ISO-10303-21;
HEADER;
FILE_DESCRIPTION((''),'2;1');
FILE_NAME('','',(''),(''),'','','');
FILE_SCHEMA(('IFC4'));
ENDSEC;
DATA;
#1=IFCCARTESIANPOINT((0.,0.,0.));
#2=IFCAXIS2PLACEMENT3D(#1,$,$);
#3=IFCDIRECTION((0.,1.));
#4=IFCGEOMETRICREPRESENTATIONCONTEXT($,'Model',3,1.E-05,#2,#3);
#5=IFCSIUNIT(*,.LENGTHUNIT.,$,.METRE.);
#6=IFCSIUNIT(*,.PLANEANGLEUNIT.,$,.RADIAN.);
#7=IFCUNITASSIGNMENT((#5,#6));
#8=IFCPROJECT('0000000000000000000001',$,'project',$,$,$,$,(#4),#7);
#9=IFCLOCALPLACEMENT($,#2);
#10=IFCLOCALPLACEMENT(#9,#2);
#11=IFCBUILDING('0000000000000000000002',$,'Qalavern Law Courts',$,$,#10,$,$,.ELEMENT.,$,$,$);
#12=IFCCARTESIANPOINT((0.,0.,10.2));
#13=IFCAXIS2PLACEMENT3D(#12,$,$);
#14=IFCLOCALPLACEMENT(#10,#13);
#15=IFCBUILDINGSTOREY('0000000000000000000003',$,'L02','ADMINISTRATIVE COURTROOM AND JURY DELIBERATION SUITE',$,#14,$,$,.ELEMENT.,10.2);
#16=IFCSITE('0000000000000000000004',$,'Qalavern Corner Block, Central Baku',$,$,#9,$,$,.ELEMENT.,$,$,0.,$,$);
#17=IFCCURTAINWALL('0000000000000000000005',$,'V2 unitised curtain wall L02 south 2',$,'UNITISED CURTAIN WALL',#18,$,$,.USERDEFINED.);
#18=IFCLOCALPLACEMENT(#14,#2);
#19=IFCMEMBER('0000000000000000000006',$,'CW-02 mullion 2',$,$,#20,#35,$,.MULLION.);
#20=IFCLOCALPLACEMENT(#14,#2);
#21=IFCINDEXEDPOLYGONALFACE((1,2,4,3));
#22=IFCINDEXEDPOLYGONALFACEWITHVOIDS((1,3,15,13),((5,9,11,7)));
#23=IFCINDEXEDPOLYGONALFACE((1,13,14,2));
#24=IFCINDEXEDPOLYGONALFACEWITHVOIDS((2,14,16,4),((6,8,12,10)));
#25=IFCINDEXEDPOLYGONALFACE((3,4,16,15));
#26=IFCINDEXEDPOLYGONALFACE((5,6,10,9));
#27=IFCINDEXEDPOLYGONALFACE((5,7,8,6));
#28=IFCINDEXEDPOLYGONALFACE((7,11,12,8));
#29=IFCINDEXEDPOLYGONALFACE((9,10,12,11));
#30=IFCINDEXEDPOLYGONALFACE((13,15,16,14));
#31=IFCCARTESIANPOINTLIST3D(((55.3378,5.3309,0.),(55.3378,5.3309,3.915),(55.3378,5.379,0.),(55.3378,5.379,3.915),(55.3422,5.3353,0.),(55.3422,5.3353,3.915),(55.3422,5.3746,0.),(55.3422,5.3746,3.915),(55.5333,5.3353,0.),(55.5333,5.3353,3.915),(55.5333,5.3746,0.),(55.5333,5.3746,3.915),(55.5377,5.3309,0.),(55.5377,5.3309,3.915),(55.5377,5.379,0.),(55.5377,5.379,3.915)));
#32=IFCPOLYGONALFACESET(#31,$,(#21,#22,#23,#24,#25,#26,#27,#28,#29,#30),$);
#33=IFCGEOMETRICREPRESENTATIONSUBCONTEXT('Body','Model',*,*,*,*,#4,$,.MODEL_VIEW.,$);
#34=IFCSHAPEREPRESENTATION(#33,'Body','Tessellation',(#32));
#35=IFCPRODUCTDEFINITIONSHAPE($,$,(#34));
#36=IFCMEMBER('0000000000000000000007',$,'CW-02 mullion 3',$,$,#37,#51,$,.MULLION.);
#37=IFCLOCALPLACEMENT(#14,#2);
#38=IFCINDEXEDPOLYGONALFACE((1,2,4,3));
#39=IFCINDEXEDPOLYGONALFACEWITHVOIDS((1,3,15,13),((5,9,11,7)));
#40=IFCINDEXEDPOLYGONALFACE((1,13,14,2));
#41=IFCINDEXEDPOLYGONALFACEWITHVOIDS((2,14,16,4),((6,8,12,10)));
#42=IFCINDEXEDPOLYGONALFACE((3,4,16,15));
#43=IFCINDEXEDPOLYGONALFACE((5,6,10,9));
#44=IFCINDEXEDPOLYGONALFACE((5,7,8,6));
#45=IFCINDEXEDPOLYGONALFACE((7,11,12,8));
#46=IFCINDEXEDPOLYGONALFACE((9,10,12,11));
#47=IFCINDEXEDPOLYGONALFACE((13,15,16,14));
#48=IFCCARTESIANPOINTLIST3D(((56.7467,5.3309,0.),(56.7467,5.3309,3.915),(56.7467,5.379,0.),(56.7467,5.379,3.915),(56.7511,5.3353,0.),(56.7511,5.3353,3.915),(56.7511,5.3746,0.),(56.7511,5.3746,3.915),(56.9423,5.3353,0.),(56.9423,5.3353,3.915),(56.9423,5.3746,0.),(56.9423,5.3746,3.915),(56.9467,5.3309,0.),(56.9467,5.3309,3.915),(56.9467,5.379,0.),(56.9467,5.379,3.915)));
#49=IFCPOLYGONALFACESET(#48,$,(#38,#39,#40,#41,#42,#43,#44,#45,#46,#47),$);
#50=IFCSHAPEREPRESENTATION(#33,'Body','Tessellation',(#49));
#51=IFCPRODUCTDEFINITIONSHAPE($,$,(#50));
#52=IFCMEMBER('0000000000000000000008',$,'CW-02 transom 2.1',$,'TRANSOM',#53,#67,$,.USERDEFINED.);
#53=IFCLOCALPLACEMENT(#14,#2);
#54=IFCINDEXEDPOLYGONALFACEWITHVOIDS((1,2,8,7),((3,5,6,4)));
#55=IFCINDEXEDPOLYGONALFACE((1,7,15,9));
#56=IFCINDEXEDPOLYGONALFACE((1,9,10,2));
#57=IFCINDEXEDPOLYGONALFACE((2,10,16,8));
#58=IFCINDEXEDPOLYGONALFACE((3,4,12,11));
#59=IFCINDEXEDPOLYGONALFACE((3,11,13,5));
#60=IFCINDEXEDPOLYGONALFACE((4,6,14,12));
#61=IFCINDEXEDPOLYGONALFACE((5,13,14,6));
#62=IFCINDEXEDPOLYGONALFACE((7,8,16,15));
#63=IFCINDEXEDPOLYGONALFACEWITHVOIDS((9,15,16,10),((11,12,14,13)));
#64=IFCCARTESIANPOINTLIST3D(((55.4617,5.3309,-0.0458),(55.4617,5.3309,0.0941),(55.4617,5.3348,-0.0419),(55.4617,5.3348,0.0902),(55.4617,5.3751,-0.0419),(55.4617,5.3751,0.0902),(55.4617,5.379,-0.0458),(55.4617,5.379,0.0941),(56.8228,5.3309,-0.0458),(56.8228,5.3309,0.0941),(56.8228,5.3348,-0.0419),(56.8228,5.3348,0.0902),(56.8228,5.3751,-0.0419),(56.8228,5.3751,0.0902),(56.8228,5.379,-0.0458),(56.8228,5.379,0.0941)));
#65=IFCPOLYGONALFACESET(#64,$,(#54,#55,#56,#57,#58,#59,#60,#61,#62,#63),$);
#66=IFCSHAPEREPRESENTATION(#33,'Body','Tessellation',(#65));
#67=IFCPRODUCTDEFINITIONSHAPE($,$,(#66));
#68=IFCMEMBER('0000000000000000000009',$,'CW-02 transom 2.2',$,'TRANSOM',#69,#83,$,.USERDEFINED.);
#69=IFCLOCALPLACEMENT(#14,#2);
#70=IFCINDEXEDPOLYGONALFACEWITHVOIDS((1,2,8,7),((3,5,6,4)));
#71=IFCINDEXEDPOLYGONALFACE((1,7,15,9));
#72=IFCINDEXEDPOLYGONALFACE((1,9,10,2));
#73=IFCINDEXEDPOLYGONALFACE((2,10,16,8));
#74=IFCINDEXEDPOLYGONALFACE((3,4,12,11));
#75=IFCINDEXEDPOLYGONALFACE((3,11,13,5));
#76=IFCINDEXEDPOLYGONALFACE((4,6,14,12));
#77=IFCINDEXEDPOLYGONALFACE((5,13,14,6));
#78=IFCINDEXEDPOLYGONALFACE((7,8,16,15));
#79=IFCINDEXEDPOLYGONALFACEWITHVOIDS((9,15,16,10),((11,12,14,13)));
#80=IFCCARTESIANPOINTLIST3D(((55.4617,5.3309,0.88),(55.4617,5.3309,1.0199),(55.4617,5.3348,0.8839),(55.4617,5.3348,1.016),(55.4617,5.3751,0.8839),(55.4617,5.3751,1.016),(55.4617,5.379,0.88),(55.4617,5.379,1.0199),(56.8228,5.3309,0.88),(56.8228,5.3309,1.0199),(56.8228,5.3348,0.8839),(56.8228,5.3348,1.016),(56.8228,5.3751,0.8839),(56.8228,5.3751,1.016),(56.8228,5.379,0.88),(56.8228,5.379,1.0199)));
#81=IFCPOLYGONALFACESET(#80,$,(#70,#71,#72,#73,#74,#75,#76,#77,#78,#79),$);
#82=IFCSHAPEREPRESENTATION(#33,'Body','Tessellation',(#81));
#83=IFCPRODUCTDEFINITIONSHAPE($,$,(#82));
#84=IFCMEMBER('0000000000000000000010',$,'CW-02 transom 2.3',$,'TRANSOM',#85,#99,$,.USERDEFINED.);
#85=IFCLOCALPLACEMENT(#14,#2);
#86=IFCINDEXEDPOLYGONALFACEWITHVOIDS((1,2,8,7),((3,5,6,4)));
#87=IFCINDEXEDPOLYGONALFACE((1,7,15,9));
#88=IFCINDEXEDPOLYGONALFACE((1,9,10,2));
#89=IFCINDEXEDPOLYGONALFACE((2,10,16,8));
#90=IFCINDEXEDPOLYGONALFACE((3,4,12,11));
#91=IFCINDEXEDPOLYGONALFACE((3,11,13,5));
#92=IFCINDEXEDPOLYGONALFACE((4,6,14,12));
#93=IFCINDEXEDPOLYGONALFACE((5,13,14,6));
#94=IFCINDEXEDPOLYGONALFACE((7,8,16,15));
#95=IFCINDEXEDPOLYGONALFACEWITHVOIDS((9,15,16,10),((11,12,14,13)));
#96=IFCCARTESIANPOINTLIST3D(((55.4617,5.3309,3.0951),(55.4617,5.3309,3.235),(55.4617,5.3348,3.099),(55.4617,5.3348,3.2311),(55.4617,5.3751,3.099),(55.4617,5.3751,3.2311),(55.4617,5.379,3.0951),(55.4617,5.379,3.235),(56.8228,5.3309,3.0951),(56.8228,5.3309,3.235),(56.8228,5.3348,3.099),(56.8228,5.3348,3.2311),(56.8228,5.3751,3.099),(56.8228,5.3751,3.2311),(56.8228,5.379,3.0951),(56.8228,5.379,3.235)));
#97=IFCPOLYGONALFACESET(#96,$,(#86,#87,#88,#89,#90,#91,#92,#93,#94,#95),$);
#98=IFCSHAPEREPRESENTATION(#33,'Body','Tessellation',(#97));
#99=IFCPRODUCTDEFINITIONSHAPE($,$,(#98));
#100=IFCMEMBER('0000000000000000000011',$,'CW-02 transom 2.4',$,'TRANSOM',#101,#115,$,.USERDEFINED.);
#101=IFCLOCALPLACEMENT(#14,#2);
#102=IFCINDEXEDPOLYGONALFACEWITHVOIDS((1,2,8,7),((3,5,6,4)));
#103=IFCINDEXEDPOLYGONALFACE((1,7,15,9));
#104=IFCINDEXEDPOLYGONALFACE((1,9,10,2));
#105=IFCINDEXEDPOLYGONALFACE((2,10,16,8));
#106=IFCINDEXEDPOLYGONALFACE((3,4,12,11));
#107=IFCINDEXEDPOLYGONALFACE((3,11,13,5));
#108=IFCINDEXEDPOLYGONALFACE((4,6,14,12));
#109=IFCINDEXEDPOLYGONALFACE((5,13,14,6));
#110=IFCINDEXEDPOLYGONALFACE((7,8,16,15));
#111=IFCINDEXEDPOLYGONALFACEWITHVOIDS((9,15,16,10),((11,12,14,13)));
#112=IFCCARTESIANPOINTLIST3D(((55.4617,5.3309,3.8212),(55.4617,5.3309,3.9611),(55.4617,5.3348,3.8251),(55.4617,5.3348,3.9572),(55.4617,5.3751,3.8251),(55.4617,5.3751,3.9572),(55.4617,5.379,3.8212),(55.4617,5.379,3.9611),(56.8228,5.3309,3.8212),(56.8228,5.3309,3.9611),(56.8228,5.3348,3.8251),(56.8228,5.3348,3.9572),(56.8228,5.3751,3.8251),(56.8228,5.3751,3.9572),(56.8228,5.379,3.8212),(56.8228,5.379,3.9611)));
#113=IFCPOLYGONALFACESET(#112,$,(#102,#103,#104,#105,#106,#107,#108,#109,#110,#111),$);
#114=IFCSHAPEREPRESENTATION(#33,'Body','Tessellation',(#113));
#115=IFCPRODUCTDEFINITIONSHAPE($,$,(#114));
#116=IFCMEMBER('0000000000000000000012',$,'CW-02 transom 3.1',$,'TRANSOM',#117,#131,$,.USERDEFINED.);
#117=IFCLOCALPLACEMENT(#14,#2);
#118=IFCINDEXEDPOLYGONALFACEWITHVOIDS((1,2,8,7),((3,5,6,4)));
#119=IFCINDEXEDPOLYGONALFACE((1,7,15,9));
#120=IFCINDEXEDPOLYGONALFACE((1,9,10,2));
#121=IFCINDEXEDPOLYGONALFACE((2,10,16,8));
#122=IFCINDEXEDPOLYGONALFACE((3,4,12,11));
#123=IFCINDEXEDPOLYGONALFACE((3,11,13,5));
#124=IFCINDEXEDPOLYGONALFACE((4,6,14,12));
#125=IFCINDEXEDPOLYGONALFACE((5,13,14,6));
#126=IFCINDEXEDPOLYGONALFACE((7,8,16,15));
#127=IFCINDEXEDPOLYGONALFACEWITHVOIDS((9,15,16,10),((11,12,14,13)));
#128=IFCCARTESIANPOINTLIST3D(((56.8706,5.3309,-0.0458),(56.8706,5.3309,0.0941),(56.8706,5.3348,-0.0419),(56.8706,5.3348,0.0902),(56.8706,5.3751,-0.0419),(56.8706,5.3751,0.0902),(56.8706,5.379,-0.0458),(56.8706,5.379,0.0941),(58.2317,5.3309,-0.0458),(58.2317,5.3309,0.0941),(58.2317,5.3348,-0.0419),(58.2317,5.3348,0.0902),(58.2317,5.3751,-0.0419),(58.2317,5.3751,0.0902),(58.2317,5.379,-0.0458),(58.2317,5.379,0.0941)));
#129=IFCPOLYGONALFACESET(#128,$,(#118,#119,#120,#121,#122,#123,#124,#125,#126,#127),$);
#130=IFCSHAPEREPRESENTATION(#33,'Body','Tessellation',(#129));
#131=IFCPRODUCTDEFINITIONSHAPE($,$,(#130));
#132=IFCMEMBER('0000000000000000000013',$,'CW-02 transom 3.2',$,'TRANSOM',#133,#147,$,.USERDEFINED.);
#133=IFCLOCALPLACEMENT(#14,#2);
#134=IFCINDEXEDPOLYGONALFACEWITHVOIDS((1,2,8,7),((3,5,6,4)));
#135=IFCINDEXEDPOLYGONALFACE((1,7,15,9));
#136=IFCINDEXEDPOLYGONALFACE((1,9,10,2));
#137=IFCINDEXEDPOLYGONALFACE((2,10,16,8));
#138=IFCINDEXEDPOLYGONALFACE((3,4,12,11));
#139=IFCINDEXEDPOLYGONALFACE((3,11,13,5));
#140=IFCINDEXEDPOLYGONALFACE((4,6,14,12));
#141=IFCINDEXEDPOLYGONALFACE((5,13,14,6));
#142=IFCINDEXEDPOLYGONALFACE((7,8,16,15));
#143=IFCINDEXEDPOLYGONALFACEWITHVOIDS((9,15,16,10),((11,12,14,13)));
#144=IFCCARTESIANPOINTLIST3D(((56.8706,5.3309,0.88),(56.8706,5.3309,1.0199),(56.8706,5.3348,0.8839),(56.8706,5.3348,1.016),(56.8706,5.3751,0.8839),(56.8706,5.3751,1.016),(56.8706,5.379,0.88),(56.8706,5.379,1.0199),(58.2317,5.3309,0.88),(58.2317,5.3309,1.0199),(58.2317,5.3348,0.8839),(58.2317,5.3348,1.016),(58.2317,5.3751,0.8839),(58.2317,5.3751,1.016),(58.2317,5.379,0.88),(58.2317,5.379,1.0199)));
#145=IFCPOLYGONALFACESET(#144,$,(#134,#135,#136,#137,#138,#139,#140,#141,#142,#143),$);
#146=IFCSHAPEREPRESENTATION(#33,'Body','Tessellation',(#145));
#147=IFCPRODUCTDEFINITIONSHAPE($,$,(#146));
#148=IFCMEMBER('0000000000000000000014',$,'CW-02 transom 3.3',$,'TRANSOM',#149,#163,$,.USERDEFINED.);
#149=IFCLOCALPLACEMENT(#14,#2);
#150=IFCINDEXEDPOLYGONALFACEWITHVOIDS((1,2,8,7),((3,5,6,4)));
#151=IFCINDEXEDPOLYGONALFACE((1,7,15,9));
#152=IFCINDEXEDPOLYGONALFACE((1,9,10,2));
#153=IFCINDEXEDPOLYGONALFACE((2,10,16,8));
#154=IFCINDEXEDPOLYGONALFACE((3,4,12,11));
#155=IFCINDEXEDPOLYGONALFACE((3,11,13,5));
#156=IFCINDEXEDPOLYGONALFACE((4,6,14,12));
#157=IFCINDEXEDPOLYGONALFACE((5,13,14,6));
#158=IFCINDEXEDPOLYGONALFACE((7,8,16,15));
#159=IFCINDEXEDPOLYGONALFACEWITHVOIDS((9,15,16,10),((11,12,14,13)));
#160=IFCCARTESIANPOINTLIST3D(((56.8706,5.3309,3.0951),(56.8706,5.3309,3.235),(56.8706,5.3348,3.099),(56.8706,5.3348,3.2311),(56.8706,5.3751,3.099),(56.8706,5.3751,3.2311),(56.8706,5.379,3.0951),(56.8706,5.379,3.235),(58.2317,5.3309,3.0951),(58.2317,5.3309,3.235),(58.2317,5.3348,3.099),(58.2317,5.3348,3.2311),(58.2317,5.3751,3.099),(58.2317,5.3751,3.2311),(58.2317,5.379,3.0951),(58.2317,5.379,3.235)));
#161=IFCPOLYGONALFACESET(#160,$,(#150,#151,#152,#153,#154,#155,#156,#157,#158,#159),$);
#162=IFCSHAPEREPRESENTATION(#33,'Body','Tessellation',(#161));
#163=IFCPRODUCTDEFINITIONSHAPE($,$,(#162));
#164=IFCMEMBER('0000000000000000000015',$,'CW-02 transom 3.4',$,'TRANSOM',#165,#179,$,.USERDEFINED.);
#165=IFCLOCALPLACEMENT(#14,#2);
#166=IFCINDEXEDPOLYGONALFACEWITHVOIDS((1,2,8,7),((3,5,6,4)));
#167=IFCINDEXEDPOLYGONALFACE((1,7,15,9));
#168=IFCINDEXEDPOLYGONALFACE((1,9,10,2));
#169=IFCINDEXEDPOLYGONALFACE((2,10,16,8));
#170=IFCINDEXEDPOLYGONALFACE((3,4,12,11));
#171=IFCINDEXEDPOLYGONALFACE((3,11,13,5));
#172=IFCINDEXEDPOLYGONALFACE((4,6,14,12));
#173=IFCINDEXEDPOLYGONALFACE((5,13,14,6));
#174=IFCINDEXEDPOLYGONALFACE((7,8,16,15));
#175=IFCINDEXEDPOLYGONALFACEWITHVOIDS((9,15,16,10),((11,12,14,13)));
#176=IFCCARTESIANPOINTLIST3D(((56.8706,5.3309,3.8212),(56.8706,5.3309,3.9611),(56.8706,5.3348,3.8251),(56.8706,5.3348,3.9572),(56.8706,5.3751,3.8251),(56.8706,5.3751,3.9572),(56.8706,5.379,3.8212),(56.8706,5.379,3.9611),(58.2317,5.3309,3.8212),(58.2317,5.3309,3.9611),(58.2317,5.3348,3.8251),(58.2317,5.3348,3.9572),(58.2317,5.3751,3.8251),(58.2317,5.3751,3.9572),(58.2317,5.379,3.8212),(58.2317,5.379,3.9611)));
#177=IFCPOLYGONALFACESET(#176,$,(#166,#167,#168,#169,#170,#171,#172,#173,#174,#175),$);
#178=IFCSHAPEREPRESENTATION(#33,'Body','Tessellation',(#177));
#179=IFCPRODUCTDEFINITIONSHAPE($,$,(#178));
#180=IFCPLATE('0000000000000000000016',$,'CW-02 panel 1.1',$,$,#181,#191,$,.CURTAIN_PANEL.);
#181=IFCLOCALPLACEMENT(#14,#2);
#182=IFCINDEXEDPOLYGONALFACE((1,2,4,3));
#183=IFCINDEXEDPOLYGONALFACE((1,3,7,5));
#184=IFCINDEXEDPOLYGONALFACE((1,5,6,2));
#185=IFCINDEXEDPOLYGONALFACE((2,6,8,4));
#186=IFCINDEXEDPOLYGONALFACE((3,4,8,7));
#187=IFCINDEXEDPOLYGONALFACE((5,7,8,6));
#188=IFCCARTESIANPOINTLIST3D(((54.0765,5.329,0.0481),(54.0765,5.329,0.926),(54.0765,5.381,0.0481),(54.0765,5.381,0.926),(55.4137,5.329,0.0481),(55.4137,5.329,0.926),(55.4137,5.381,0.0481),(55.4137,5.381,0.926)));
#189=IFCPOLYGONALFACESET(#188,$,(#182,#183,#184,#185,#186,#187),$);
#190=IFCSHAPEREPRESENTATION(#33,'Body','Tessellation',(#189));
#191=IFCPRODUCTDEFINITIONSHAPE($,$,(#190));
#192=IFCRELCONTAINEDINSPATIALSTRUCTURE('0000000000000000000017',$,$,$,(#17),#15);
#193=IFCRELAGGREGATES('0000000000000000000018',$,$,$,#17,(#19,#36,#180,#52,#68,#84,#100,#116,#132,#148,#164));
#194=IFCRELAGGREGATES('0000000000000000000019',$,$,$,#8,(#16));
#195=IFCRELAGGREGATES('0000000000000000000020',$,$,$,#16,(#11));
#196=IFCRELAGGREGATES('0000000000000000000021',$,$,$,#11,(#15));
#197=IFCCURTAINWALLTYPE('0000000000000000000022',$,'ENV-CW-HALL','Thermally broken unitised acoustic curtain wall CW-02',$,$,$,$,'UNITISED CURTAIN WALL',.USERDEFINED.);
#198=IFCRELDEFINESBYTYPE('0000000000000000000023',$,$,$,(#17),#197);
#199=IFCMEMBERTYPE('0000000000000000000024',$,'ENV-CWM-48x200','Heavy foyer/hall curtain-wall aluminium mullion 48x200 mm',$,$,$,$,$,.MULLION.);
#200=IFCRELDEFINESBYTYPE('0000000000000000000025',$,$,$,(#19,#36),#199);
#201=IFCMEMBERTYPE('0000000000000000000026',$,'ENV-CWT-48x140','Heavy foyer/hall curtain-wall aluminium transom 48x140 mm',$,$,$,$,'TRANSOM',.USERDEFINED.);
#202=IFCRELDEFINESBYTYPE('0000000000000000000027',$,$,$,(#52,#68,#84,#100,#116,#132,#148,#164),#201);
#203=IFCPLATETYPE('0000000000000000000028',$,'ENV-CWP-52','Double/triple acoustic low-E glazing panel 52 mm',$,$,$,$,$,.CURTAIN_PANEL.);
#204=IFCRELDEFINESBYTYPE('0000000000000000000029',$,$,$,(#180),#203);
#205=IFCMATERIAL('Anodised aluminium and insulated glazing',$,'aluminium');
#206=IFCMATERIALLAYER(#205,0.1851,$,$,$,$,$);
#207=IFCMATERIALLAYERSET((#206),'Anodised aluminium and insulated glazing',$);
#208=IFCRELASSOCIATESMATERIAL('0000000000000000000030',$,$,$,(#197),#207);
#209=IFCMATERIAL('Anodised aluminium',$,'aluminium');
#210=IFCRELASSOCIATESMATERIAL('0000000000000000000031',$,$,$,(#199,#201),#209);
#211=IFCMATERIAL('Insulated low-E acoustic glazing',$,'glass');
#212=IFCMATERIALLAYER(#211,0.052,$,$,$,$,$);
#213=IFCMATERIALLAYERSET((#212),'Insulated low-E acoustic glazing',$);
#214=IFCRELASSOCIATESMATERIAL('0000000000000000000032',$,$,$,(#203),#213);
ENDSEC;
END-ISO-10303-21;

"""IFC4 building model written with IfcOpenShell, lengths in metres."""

from ifc_helpers import new_model, si_unit, direction, frame, origin, origin_2d, place, context, subcontext, project, spatial, rectangle, hollow_rectangle, extrude, material, layer, layer_set, material_profile, profile_set, type_object, element, aggregate, save


model = new_model("IFC4")

# Units and contexts
model_context = context("Model", 3, precision=1e-05, world=origin(), true_north=direction((0.0, 1.0)))
body_context = subcontext(model_context, "Body", "Model", "MODEL_VIEW")
ifc_project = project(units=[si_unit("LENGTHUNIT", "METRE"), si_unit("PLANEANGLEUNIT", "RADIAN")], contexts=[model_context])

# Site, building, storey
site_placement = place(None, origin())
site = spatial("IfcSite", under=ifc_project, at=site_placement, Name="Qalavern Corner Block, Central Baku", CompositionType="ELEMENT", RefElevation=0.0)
building_placement = place(site_placement, origin())
building = spatial("IfcBuilding", under=site, at=building_placement, Name="Qalavern Law Courts", CompositionType="ELEMENT")
storey_placement = place(building_placement, frame((0.0, 0.0, 10.2)))
storey = spatial("IfcBuildingStorey", under=building, at=storey_placement, Name="L02", Description="ADMINISTRATIVE COURTROOM AND JURY DELIBERATION SUITE", CompositionType="ELEMENT", Elevation=10.2)

# Curtain wall, members, plate
ifc_material_1 = material(Name="Anodised aluminium and insulated glazing", Category="aluminium")
ifc_layer_1 = layer(ifc_material_1, 0.1851)
ifc_layer_set_1 = layer_set([ifc_layer_1], Name="Anodised aluminium and insulated glazing")
curtain_wall_type = type_object("IfcCurtainWallType", Name="ENV-CW-HALL", Description="Thermally broken unitised acoustic curtain wall CW-02", ElementType="UNITISED CURTAIN WALL", PredefinedType="USERDEFINED", material=ifc_layer_set_1)
curtain_wall_placement = place(storey_placement, origin())
curtain_wall = element("IfcCurtainWall", 1, at=curtain_wall_placement, inside=storey, type_object=curtain_wall_type, Name="V2 unitised curtain wall L02 south 2", ObjectType="UNITISED CURTAIN WALL", PredefinedType="USERDEFINED")
ifc_material_2 = material(Name="Anodised aluminium", Category="aluminium")
ifc_material_profile_1 = material_profile(ifc_material_2, hollow_rectangle(XDim=0.0481, YDim=0.2, WallThickness=0.0044, at=origin_2d()), Name="ALU MULLION 48x200")
ifc_profile_set_1 = profile_set([ifc_material_profile_1], Name="Anodised aluminium")
member_type_1 = type_object("IfcMemberType", Name="ENV-CWM-48x200", Description="Heavy foyer/hall curtain-wall aluminium mullion 48x200 mm", PredefinedType="MULLION", material=ifc_profile_set_1)
member_1_placement = place(storey_placement, frame((55.4377, 5.355, 0.0), z_axis=(0.0, 0.0, 1.0), x_axis=(0.0, 1.0, 0.0)))
member_1 = element("IfcMember", 2, at=member_1_placement, type_object=member_type_1, Name="CW-02 mullion 2", PredefinedType="MULLION", context=body_context, shape_type="SweptSolid", body=[
    extrude(hollow_rectangle(XDim=0.0481, YDim=0.2, WallThickness=0.0044, at=origin_2d()), origin(), (0.0, 0.0, 1.0), 3.915),
])
member_2_placement = place(storey_placement, frame((56.8467, 5.355, 0.0), z_axis=(0.0, 0.0, 1.0), x_axis=(0.0, 1.0, 0.0)))
member_2 = element("IfcMember", 3, at=member_2_placement, type_object=member_type_1, Name="CW-02 mullion 3", PredefinedType="MULLION", context=body_context, shape_type="SweptSolid", body=[
    extrude(hollow_rectangle(XDim=0.0481, YDim=0.2, WallThickness=0.0044, at=origin_2d()), origin(), (0.0, 0.0, 1.0), 3.915),
])
ifc_material_profile_2 = material_profile(ifc_material_2, hollow_rectangle(XDim=0.0481, YDim=0.1399, WallThickness=0.0039, at=origin_2d()), Name="ALU TRANSOM 48x140")
ifc_profile_set_2 = profile_set([ifc_material_profile_2], Name="Anodised aluminium")
member_type_2 = type_object("IfcMemberType", Name="ENV-CWT-48x140", Description="Heavy foyer/hall curtain-wall aluminium transom 48x140 mm", ElementType="TRANSOM", PredefinedType="USERDEFINED", material=ifc_profile_set_2)
member_3_placement = place(storey_placement, frame((55.4617, 5.355, 0.0242), z_axis=(1.0, 0.0, 0.0), x_axis=(0.0, 1.0, 0.0)))
member_3 = element("IfcMember", 4, at=member_3_placement, type_object=member_type_2, Name="CW-02 transom 2.1", ObjectType="TRANSOM", PredefinedType="USERDEFINED", context=body_context, shape_type="SweptSolid", body=[
    extrude(hollow_rectangle(XDim=0.0481, YDim=0.1399, WallThickness=0.0039, at=origin_2d()), origin(), (0.0, 0.0, 1.0), 1.3611),
])
member_4_placement = place(storey_placement, frame((55.4617, 5.355, 0.95), z_axis=(1.0, 0.0, 0.0), x_axis=(0.0, 1.0, 0.0)))
member_4 = element("IfcMember", 5, at=member_4_placement, type_object=member_type_2, Name="CW-02 transom 2.2", ObjectType="TRANSOM", PredefinedType="USERDEFINED", context=body_context, shape_type="SweptSolid", body=[
    extrude(hollow_rectangle(XDim=0.0481, YDim=0.1399, WallThickness=0.0039, at=origin_2d()), origin(), (0.0, 0.0, 1.0), 1.3611),
])
member_5_placement = place(storey_placement, frame((55.4617, 5.355, 3.165), z_axis=(1.0, 0.0, 0.0), x_axis=(0.0, 1.0, 0.0)))
member_5 = element("IfcMember", 6, at=member_5_placement, type_object=member_type_2, Name="CW-02 transom 2.3", ObjectType="TRANSOM", PredefinedType="USERDEFINED", context=body_context, shape_type="SweptSolid", body=[
    extrude(hollow_rectangle(XDim=0.0481, YDim=0.1399, WallThickness=0.0039, at=origin_2d()), origin(), (0.0, 0.0, 1.0), 1.3611),
])
member_6_placement = place(storey_placement, frame((55.4617, 5.355, 3.8911), z_axis=(1.0, 0.0, 0.0), x_axis=(0.0, 1.0, 0.0)))
member_6 = element("IfcMember", 7, at=member_6_placement, type_object=member_type_2, Name="CW-02 transom 2.4", ObjectType="TRANSOM", PredefinedType="USERDEFINED", context=body_context, shape_type="SweptSolid", body=[
    extrude(hollow_rectangle(XDim=0.0481, YDim=0.1399, WallThickness=0.0039, at=origin_2d()), origin(), (0.0, 0.0, 1.0), 1.3611),
])
member_7_placement = place(storey_placement, frame((56.8706, 5.355, 0.0242), z_axis=(1.0, 0.0, 0.0), x_axis=(0.0, 1.0, 0.0)))
member_7 = element("IfcMember", 8, at=member_7_placement, type_object=member_type_2, Name="CW-02 transom 3.1", ObjectType="TRANSOM", PredefinedType="USERDEFINED", context=body_context, shape_type="SweptSolid", body=[
    extrude(hollow_rectangle(XDim=0.0481, YDim=0.1399, WallThickness=0.0039, at=origin_2d()), origin(), (0.0, 0.0, 1.0), 1.3611),
])
member_8_placement = place(storey_placement, frame((56.8706, 5.355, 0.95), z_axis=(1.0, 0.0, 0.0), x_axis=(0.0, 1.0, 0.0)))
member_8 = element("IfcMember", 9, at=member_8_placement, type_object=member_type_2, Name="CW-02 transom 3.2", ObjectType="TRANSOM", PredefinedType="USERDEFINED", context=body_context, shape_type="SweptSolid", body=[
    extrude(hollow_rectangle(XDim=0.0481, YDim=0.1399, WallThickness=0.0039, at=origin_2d()), origin(), (0.0, 0.0, 1.0), 1.3611),
])
member_9_placement = place(storey_placement, frame((56.8706, 5.355, 3.165), z_axis=(1.0, 0.0, 0.0), x_axis=(0.0, 1.0, 0.0)))
member_9 = element("IfcMember", 10, at=member_9_placement, type_object=member_type_2, Name="CW-02 transom 3.3", ObjectType="TRANSOM", PredefinedType="USERDEFINED", context=body_context, shape_type="SweptSolid", body=[
    extrude(hollow_rectangle(XDim=0.0481, YDim=0.1399, WallThickness=0.0039, at=origin_2d()), origin(), (0.0, 0.0, 1.0), 1.3611),
])
member_10_placement = place(storey_placement, frame((56.8706, 5.355, 3.8911), z_axis=(1.0, 0.0, 0.0), x_axis=(0.0, 1.0, 0.0)))
member_10 = element("IfcMember", 11, at=member_10_placement, type_object=member_type_2, Name="CW-02 transom 3.4", ObjectType="TRANSOM", PredefinedType="USERDEFINED", context=body_context, shape_type="SweptSolid", body=[
    extrude(hollow_rectangle(XDim=0.0481, YDim=0.1399, WallThickness=0.0039, at=origin_2d()), origin(), (0.0, 0.0, 1.0), 1.3611),
])
ifc_material_3 = material(Name="Insulated low-E acoustic glazing", Category="glass")
ifc_layer_2 = layer(ifc_material_3, 0.052)
ifc_layer_set_2 = layer_set([ifc_layer_2], Name="Insulated low-E acoustic glazing")
plate_type = type_object("IfcPlateType", Name="ENV-CWP-52", Description="Double/triple acoustic low-E glazing panel 52 mm", PredefinedType="CURTAIN_PANEL", material=ifc_layer_set_2)
plate_1_placement = place(storey_placement, frame((54.7451, 5.355, 0.0481), z_axis=(0.0, 0.0, 1.0), x_axis=(1.0, 0.0, 0.0)))
plate_1 = element("IfcPlate", 12, at=plate_1_placement, type_object=plate_type, Name="CW-02 panel 1.1", PredefinedType="CURTAIN_PANEL", context=body_context, shape_type="SweptSolid", body=[
    extrude(rectangle(XDim=1.3372, YDim=0.052, at=origin_2d()), origin(), (0.0, 0.0, 1.0), 0.8779),
])
aggregate(curtain_wall, [member_1, member_2, plate_1, member_3, member_4, member_5, member_6, member_7, member_8, member_9, member_10])

save(model, "model.ifc")
